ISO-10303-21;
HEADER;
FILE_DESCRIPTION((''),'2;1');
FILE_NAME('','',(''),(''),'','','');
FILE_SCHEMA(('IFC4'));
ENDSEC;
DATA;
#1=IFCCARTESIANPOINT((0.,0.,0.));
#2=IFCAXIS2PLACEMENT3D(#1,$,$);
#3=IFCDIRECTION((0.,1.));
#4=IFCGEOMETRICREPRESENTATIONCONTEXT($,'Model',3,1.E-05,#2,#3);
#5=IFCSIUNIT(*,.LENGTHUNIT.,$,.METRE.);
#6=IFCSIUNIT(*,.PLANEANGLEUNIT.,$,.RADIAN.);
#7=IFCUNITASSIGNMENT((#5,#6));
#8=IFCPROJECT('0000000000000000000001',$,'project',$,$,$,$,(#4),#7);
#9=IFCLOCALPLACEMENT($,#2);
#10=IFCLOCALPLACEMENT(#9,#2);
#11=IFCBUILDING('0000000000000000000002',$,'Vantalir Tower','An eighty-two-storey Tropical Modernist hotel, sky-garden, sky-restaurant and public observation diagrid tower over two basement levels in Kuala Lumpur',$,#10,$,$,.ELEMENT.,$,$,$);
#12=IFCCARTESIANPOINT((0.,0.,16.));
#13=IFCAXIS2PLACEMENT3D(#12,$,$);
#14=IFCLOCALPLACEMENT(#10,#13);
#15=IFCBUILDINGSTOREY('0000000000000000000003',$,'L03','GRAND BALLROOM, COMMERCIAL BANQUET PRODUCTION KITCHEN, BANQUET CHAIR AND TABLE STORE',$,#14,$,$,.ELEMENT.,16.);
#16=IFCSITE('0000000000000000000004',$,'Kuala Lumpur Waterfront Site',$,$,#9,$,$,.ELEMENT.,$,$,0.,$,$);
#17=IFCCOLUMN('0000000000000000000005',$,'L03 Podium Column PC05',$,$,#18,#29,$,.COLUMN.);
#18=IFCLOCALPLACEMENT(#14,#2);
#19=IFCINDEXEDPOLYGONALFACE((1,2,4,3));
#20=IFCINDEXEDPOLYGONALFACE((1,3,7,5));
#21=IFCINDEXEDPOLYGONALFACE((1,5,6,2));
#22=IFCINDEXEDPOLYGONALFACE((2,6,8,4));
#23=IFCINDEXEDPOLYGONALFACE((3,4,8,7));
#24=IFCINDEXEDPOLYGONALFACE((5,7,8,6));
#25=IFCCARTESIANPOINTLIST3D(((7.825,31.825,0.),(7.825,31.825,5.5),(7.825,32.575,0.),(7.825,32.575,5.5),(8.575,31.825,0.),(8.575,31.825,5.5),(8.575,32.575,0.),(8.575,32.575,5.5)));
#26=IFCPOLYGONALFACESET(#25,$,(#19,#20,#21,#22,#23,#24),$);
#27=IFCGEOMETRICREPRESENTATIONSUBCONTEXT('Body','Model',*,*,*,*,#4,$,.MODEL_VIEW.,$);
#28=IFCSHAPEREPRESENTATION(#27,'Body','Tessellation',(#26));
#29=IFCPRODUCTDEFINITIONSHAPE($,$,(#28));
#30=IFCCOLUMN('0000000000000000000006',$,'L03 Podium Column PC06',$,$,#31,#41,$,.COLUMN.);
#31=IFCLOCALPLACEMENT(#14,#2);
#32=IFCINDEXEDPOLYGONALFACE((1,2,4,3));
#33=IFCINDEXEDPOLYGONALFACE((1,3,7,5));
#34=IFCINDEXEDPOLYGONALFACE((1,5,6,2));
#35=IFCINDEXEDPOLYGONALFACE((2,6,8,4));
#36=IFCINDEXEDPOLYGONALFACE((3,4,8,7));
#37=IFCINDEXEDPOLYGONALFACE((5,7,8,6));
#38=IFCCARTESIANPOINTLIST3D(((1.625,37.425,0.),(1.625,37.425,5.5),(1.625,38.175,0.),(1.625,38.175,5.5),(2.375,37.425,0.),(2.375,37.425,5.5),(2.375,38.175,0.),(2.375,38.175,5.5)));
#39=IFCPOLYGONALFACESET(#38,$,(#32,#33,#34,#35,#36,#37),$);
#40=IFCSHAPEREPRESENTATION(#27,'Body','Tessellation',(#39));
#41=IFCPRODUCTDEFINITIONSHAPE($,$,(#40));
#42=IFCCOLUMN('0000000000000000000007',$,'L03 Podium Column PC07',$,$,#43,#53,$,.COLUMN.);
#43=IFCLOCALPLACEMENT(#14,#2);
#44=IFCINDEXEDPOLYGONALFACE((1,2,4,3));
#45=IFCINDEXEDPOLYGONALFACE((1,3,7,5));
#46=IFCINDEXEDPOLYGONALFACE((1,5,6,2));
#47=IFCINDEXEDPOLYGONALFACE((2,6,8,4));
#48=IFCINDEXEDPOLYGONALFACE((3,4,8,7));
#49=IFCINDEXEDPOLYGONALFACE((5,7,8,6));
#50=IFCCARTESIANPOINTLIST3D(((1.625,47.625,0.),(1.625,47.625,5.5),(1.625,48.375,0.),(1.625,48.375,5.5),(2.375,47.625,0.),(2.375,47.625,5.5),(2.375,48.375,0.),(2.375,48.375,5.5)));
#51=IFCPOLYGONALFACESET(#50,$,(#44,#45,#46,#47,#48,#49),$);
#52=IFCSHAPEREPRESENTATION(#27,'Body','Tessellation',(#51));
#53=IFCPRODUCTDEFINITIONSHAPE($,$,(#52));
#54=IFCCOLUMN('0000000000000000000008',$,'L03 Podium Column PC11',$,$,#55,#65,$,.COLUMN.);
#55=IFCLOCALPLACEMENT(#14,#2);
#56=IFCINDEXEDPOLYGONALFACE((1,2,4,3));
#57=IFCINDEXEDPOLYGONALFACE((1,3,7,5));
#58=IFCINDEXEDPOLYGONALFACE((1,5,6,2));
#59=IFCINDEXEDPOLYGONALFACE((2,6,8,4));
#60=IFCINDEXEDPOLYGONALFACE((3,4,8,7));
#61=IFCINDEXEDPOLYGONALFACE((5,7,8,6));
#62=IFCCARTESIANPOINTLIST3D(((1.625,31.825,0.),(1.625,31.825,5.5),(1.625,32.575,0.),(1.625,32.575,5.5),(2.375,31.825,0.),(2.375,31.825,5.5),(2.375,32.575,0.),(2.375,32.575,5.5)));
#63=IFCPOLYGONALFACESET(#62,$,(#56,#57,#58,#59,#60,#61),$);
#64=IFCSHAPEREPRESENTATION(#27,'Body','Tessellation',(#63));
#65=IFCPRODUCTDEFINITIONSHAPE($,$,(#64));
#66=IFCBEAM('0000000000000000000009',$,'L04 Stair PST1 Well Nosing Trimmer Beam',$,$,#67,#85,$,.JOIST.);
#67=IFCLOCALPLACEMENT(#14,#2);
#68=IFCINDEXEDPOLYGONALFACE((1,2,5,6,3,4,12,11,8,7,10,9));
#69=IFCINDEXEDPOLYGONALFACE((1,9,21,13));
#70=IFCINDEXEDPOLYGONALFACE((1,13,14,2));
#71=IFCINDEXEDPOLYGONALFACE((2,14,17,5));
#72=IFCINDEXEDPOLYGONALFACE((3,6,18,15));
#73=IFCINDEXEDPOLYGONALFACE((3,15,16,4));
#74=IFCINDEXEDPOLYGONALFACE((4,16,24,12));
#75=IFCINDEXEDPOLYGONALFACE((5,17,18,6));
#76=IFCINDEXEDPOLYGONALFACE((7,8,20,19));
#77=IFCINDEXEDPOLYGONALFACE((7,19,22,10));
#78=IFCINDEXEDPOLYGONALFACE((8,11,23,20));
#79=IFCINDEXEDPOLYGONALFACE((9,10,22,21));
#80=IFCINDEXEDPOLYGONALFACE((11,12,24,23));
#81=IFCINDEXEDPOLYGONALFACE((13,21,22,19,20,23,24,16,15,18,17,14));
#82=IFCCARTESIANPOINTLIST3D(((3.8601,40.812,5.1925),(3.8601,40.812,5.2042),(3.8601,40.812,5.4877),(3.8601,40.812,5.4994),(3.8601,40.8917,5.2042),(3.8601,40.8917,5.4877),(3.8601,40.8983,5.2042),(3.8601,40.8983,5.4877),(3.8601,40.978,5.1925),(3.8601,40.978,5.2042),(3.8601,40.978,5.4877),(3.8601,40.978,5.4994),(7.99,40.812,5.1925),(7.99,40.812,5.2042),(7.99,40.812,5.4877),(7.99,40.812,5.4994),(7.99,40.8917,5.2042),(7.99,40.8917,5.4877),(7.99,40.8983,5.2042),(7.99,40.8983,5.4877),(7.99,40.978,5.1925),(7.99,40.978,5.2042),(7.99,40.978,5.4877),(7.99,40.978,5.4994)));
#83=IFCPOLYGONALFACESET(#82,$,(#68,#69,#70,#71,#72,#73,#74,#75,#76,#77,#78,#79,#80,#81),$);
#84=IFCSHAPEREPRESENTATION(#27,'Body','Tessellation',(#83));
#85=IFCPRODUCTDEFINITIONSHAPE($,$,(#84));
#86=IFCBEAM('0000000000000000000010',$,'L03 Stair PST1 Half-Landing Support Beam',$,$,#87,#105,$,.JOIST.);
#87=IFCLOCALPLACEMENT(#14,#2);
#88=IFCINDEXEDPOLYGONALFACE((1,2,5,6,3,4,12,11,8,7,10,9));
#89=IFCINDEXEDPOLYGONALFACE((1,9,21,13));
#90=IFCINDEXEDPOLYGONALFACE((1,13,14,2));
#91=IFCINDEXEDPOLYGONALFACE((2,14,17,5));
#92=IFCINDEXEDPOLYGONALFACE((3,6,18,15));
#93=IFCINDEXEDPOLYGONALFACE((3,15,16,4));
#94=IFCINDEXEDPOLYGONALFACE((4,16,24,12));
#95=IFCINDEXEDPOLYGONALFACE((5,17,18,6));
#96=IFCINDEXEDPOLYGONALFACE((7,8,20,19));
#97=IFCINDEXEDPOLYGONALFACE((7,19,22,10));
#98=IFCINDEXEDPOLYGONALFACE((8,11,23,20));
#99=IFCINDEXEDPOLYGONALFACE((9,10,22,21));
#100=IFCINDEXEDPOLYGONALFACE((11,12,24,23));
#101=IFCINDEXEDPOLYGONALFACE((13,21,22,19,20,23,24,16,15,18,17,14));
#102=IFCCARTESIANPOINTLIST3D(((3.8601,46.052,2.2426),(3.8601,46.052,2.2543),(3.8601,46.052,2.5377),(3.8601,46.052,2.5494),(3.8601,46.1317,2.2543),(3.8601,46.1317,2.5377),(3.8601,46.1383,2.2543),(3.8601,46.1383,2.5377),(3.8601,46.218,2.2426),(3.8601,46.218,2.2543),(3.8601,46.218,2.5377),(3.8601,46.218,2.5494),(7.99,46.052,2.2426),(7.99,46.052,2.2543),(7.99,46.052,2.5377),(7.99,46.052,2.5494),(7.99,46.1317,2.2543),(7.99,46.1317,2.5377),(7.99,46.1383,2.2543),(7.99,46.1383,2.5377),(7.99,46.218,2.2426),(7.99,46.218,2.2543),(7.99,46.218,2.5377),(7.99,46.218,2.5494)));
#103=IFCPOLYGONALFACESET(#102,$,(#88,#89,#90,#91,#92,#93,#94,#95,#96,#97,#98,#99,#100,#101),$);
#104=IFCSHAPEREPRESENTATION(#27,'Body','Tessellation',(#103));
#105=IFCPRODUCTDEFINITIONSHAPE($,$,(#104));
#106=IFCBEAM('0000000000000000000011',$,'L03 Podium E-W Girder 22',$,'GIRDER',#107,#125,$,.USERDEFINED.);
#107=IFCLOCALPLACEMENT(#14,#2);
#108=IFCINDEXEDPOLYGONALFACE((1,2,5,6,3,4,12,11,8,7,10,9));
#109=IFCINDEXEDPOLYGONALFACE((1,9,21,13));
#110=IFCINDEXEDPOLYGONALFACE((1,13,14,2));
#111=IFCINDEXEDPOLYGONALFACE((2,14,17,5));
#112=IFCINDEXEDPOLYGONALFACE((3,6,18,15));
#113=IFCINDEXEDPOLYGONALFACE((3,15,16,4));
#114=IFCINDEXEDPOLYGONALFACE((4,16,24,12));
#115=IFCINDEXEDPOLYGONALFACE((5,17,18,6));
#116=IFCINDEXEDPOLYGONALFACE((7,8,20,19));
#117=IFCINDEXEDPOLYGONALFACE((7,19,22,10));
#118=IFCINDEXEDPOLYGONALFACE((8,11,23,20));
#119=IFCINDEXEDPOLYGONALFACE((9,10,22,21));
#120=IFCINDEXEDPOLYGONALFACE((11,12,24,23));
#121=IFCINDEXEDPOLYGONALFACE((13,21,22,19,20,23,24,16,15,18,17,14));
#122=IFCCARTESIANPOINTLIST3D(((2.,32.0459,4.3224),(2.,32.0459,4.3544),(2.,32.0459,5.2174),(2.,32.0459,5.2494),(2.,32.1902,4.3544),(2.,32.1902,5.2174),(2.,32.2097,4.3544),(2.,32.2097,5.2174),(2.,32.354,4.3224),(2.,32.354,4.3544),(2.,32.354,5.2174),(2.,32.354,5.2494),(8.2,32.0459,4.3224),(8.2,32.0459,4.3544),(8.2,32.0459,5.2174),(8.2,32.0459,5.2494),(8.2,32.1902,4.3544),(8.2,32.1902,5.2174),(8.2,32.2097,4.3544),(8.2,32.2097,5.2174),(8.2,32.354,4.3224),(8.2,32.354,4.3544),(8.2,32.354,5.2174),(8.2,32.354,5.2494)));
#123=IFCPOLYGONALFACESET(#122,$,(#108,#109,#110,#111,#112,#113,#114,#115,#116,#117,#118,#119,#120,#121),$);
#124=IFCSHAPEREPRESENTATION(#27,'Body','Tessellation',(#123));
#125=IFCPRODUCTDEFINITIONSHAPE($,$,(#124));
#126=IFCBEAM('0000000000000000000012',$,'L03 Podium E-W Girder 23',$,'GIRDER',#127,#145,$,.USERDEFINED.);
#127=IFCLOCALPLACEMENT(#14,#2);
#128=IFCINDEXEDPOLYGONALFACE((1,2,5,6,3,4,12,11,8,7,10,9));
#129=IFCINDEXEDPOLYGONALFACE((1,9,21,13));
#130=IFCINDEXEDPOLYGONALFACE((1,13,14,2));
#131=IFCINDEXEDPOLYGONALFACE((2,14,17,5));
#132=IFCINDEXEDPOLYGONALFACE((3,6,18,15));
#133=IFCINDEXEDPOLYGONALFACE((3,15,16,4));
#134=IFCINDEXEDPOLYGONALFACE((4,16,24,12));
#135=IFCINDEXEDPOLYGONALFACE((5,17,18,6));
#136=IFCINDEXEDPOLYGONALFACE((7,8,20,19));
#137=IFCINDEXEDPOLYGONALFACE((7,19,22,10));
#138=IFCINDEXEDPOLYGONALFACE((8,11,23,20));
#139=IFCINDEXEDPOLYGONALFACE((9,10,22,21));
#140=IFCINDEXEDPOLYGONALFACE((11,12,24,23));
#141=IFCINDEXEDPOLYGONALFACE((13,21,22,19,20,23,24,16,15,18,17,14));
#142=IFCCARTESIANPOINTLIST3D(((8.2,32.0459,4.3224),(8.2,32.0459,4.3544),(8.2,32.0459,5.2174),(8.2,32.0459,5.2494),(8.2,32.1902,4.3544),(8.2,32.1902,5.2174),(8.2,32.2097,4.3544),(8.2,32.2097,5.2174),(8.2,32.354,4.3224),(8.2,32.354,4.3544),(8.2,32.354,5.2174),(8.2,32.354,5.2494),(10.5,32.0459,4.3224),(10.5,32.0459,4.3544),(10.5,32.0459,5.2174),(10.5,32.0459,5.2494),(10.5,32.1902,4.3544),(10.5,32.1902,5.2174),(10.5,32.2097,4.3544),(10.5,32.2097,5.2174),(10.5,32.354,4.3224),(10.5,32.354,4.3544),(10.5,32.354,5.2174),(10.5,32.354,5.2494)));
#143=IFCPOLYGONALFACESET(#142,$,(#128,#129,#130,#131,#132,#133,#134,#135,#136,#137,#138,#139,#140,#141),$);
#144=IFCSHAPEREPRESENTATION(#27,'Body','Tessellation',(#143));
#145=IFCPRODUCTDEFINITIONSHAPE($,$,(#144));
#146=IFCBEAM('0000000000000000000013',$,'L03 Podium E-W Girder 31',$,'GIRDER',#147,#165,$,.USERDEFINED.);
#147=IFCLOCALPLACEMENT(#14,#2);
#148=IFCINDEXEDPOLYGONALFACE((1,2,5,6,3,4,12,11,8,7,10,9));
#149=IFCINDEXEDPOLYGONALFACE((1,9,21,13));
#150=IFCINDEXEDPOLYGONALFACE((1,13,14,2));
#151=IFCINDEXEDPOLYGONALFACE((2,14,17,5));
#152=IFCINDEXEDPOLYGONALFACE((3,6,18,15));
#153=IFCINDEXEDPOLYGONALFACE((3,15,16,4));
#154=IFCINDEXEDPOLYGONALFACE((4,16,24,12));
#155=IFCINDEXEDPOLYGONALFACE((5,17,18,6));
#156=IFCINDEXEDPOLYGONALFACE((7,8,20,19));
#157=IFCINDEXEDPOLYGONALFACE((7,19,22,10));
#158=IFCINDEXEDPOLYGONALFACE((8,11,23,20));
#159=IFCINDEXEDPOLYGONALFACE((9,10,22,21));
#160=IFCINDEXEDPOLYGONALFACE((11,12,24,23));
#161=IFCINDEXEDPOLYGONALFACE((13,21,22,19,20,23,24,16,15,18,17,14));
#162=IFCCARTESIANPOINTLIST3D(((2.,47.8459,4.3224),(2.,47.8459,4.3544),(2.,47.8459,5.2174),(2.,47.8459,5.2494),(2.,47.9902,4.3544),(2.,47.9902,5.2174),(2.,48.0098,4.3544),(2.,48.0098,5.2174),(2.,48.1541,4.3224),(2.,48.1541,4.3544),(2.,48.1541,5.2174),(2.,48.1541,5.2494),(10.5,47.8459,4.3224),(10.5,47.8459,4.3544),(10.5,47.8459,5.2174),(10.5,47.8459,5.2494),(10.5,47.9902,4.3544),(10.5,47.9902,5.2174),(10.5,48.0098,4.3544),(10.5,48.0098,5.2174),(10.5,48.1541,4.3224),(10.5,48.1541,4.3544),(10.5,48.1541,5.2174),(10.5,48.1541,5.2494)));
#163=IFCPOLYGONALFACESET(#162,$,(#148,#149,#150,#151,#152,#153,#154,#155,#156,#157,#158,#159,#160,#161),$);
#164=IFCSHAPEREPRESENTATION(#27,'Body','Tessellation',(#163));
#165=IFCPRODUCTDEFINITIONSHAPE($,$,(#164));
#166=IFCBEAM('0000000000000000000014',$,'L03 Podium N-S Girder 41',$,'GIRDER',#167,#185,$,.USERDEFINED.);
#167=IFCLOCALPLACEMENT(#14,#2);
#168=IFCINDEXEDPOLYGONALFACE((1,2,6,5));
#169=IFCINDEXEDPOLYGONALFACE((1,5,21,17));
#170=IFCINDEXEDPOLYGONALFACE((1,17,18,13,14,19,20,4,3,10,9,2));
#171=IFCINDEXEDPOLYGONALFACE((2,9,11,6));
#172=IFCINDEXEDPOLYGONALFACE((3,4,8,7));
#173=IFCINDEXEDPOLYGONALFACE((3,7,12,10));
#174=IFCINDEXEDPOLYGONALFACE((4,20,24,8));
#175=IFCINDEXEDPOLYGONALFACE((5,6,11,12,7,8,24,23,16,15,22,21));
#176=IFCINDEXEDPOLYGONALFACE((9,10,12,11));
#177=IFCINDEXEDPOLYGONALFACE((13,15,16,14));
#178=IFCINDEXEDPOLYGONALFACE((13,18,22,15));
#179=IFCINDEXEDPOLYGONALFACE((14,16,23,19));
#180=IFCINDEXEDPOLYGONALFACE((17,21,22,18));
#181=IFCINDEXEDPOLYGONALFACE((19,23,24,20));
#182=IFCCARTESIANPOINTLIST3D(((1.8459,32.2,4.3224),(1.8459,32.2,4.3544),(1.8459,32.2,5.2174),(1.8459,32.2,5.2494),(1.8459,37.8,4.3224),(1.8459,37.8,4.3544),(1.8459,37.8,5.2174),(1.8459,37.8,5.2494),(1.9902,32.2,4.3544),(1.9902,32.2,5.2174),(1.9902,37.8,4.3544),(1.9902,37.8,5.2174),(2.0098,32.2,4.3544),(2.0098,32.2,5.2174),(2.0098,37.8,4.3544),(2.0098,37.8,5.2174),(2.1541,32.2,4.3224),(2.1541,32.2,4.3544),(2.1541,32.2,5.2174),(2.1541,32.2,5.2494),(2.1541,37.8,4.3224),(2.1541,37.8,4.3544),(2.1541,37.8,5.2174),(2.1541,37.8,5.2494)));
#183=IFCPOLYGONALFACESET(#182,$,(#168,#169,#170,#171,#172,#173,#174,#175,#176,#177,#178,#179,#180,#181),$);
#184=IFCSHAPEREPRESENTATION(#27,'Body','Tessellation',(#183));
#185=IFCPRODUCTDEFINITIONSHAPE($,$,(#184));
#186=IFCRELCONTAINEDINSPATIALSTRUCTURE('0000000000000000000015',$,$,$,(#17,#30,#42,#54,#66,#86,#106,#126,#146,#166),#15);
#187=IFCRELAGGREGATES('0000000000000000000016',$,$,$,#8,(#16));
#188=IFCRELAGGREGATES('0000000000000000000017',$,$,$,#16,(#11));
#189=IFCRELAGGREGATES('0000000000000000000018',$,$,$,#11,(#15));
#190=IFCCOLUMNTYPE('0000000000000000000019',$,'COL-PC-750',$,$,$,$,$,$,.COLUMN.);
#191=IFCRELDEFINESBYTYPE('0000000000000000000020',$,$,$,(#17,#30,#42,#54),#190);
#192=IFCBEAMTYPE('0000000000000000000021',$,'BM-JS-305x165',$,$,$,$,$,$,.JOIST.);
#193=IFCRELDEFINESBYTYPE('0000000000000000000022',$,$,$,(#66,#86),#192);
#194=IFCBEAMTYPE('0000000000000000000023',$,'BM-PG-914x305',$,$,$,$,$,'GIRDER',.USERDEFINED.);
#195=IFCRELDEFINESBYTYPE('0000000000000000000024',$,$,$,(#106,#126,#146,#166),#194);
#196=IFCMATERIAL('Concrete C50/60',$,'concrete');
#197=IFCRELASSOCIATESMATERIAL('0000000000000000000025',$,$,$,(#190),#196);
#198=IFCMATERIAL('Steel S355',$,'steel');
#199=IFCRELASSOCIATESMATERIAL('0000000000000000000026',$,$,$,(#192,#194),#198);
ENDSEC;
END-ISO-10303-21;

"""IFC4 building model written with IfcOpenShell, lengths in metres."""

from ifc_helpers import new_model, si_unit, direction, frame, origin, origin_2d, place, context, subcontext, project, spatial, rectangle, i_section, extrude, material, material_profile, profile_set, type_object, element, save


model = new_model("IFC4")

# Units and contexts
model_context = context("Model", 3, precision=1e-05, world=origin(), true_north=direction((0.0, 1.0)))
body_context = subcontext(model_context, "Body", "Model", "MODEL_VIEW")
ifc_project = project(units=[si_unit("LENGTHUNIT", "METRE"), si_unit("PLANEANGLEUNIT", "RADIAN")], contexts=[model_context])

# Site, building, storey
site_placement = place(None, origin())
site = spatial("IfcSite", under=ifc_project, at=site_placement, Name="Kuala Lumpur Waterfront Site", CompositionType="ELEMENT", RefElevation=0.0)
building_placement = place(site_placement, origin())
building = spatial("IfcBuilding", under=site, at=building_placement, Name="Vantalir Tower", Description="An eighty-two-storey Tropical Modernist hotel, sky-garden, sky-restaurant and public observation diagrid tower over two basement levels in Kuala Lumpur", CompositionType="ELEMENT")
storey_placement = place(building_placement, frame((0.0, 0.0, 16.0)))
storey = spatial("IfcBuildingStorey", under=building, at=storey_placement, Name="L03", Description="GRAND BALLROOM, COMMERCIAL BANQUET PRODUCTION KITCHEN, BANQUET CHAIR AND TABLE STORE", CompositionType="ELEMENT", Elevation=16.0)

# Columns
ifc_material_1 = material(Name="Concrete C50/60", Category="concrete")
ifc_material_profile_1 = material_profile(ifc_material_1, rectangle(XDim=0.75, YDim=0.75, at=origin_2d()), Name="Concrete C50/60")
ifc_profile_set_1 = profile_set([ifc_material_profile_1], Name="Concrete C50/60")
column_type = type_object("IfcColumnType", Name="COL-PC-750", PredefinedType="COLUMN", material=ifc_profile_set_1)
for number, where, z_axis, x_axis, name in (
    (1, (8.2, 32.2, 0.0), (0.0, 0.0, 1.0), (1.0, 0.0, 0.0), "L03 Podium Column PC05"),
    (2, (2.0, 37.8, 0.0), (0.0, 0.0, 1.0), (1.0, 0.0, 0.0), "L03 Podium Column PC06"),
    (3, (2.0, 48.0, 0.0), (0.0, 0.0, 1.0), (1.0, 0.0, 0.0), "L03 Podium Column PC07"),
    (4, (2.0, 32.2, 0.0), (0.0, 0.0, 1.0), (1.0, 0.0, 0.0), "L03 Podium Column PC11"),
):
    element("IfcColumn", number, at=place(storey_placement, frame(where, z_axis=z_axis, x_axis=x_axis)), inside=storey, type_object=column_type, Name=name, PredefinedType="COLUMN", context=body_context, shape_type="SweptSolid", body=[
        extrude(rectangle(XDim=0.75, YDim=0.75, at=origin_2d()), origin(), (0.0, 0.0, 1.0), 5.5),
    ])

# Beams
ifc_material_2 = material(Name="Steel S355", Category="steel")
ifc_material_profile_2 = material_profile(ifc_material_2, i_section(OverallWidth=0.166, OverallDepth=0.3069, WebThickness=0.0066, FlangeThickness=0.0117, at=origin_2d()), Name="Steel S355")
ifc_profile_set_2 = profile_set([ifc_material_profile_2], Name="Steel S355")
beam_type_1 = type_object("IfcBeamType", Name="BM-JS-305x165", PredefinedType="JOIST", material=ifc_profile_set_2)
for number, where, z_axis, x_axis, name in (
    (5, (3.8601, 40.895, 5.3459), (1.0, 0.0, 0.0), (0.0, 1.0, 0.0), "L04 Stair PST1 Well Nosing Trimmer Beam"),
    (6, (3.8601, 46.135, 2.396), (1.0, 0.0, 0.0), (0.0, 1.0, 0.0), "L03 Stair PST1 Half-Landing Support Beam"),
):
    element("IfcBeam", number, at=place(storey_placement, frame(where, z_axis=z_axis, x_axis=x_axis)), inside=storey, type_object=beam_type_1, Name=name, PredefinedType="JOIST", context=body_context, shape_type="SweptSolid", body=[
        extrude(i_section(OverallWidth=0.166, OverallDepth=0.3069, WebThickness=0.0066, FlangeThickness=0.0117, at=origin_2d()), origin(), (0.0, 0.0, 1.0), 4.1299),
    ])
ifc_material_profile_3 = material_profile(ifc_material_2, i_section(OverallWidth=0.3081, OverallDepth=0.927, WebThickness=0.0195, FlangeThickness=0.032, at=origin_2d()), Name="Steel S355")
ifc_profile_set_3 = profile_set([ifc_material_profile_3], Name="Steel S355")
beam_type_2 = type_object("IfcBeamType", Name="BM-PG-914x305", ElementType="GIRDER", PredefinedType="USERDEFINED", material=ifc_profile_set_3)
beam_1_placement = place(storey_placement, frame((2.0, 32.2, 4.7859), z_axis=(1.0, 0.0, 0.0), x_axis=(0.0, 1.0, 0.0)))
element("IfcBeam", 7, at=beam_1_placement, inside=storey, type_object=beam_type_2, Name="L03 Podium E-W Girder 22", ObjectType="GIRDER", PredefinedType="USERDEFINED", context=body_context, shape_type="SweptSolid", body=[
    extrude(i_section(OverallWidth=0.3081, OverallDepth=0.927, WebThickness=0.0195, FlangeThickness=0.032, at=origin_2d()), origin(), (0.0, 0.0, 1.0), 6.2),
])
beam_2_placement = place(storey_placement, frame((8.2, 32.2, 4.7859), z_axis=(1.0, 0.0, 0.0), x_axis=(0.0, 1.0, 0.0)))
element("IfcBeam", 8, at=beam_2_placement, inside=storey, type_object=beam_type_2, Name="L03 Podium E-W Girder 23", ObjectType="GIRDER", PredefinedType="USERDEFINED", context=body_context, shape_type="SweptSolid", body=[
    extrude(i_section(OverallWidth=0.3081, OverallDepth=0.927, WebThickness=0.0195, FlangeThickness=0.032, at=origin_2d()), origin(), (0.0, 0.0, 1.0), 2.3),
])
beam_3_placement = place(storey_placement, frame((2.0, 48.0, 4.7859), z_axis=(1.0, 0.0, 0.0), x_axis=(0.0, 1.0, 0.0)))
element("IfcBeam", 9, at=beam_3_placement, inside=storey, type_object=beam_type_2, Name="L03 Podium E-W Girder 31", ObjectType="GIRDER", PredefinedType="USERDEFINED", context=body_context, shape_type="SweptSolid", body=[
    extrude(i_section(OverallWidth=0.3081, OverallDepth=0.927, WebThickness=0.0195, FlangeThickness=0.032, at=origin_2d()), origin(), (0.0, 0.0, 1.0), 8.5),
])
beam_4_placement = place(storey_placement, frame((2.0, 32.2, 4.7859), z_axis=(0.0, 1.0, 0.0), x_axis=(-1.0, 0.0, 0.0)))
element("IfcBeam", 10, at=beam_4_placement, inside=storey, type_object=beam_type_2, Name="L03 Podium N-S Girder 41", ObjectType="GIRDER", PredefinedType="USERDEFINED", context=body_context, shape_type="SweptSolid", body=[
    extrude(i_section(OverallWidth=0.3081, OverallDepth=0.927, WebThickness=0.0195, FlangeThickness=0.032, at=origin_2d()), origin(), (0.0, 0.0, 1.0), 5.6001),
])

save(model, "model.ifc")
